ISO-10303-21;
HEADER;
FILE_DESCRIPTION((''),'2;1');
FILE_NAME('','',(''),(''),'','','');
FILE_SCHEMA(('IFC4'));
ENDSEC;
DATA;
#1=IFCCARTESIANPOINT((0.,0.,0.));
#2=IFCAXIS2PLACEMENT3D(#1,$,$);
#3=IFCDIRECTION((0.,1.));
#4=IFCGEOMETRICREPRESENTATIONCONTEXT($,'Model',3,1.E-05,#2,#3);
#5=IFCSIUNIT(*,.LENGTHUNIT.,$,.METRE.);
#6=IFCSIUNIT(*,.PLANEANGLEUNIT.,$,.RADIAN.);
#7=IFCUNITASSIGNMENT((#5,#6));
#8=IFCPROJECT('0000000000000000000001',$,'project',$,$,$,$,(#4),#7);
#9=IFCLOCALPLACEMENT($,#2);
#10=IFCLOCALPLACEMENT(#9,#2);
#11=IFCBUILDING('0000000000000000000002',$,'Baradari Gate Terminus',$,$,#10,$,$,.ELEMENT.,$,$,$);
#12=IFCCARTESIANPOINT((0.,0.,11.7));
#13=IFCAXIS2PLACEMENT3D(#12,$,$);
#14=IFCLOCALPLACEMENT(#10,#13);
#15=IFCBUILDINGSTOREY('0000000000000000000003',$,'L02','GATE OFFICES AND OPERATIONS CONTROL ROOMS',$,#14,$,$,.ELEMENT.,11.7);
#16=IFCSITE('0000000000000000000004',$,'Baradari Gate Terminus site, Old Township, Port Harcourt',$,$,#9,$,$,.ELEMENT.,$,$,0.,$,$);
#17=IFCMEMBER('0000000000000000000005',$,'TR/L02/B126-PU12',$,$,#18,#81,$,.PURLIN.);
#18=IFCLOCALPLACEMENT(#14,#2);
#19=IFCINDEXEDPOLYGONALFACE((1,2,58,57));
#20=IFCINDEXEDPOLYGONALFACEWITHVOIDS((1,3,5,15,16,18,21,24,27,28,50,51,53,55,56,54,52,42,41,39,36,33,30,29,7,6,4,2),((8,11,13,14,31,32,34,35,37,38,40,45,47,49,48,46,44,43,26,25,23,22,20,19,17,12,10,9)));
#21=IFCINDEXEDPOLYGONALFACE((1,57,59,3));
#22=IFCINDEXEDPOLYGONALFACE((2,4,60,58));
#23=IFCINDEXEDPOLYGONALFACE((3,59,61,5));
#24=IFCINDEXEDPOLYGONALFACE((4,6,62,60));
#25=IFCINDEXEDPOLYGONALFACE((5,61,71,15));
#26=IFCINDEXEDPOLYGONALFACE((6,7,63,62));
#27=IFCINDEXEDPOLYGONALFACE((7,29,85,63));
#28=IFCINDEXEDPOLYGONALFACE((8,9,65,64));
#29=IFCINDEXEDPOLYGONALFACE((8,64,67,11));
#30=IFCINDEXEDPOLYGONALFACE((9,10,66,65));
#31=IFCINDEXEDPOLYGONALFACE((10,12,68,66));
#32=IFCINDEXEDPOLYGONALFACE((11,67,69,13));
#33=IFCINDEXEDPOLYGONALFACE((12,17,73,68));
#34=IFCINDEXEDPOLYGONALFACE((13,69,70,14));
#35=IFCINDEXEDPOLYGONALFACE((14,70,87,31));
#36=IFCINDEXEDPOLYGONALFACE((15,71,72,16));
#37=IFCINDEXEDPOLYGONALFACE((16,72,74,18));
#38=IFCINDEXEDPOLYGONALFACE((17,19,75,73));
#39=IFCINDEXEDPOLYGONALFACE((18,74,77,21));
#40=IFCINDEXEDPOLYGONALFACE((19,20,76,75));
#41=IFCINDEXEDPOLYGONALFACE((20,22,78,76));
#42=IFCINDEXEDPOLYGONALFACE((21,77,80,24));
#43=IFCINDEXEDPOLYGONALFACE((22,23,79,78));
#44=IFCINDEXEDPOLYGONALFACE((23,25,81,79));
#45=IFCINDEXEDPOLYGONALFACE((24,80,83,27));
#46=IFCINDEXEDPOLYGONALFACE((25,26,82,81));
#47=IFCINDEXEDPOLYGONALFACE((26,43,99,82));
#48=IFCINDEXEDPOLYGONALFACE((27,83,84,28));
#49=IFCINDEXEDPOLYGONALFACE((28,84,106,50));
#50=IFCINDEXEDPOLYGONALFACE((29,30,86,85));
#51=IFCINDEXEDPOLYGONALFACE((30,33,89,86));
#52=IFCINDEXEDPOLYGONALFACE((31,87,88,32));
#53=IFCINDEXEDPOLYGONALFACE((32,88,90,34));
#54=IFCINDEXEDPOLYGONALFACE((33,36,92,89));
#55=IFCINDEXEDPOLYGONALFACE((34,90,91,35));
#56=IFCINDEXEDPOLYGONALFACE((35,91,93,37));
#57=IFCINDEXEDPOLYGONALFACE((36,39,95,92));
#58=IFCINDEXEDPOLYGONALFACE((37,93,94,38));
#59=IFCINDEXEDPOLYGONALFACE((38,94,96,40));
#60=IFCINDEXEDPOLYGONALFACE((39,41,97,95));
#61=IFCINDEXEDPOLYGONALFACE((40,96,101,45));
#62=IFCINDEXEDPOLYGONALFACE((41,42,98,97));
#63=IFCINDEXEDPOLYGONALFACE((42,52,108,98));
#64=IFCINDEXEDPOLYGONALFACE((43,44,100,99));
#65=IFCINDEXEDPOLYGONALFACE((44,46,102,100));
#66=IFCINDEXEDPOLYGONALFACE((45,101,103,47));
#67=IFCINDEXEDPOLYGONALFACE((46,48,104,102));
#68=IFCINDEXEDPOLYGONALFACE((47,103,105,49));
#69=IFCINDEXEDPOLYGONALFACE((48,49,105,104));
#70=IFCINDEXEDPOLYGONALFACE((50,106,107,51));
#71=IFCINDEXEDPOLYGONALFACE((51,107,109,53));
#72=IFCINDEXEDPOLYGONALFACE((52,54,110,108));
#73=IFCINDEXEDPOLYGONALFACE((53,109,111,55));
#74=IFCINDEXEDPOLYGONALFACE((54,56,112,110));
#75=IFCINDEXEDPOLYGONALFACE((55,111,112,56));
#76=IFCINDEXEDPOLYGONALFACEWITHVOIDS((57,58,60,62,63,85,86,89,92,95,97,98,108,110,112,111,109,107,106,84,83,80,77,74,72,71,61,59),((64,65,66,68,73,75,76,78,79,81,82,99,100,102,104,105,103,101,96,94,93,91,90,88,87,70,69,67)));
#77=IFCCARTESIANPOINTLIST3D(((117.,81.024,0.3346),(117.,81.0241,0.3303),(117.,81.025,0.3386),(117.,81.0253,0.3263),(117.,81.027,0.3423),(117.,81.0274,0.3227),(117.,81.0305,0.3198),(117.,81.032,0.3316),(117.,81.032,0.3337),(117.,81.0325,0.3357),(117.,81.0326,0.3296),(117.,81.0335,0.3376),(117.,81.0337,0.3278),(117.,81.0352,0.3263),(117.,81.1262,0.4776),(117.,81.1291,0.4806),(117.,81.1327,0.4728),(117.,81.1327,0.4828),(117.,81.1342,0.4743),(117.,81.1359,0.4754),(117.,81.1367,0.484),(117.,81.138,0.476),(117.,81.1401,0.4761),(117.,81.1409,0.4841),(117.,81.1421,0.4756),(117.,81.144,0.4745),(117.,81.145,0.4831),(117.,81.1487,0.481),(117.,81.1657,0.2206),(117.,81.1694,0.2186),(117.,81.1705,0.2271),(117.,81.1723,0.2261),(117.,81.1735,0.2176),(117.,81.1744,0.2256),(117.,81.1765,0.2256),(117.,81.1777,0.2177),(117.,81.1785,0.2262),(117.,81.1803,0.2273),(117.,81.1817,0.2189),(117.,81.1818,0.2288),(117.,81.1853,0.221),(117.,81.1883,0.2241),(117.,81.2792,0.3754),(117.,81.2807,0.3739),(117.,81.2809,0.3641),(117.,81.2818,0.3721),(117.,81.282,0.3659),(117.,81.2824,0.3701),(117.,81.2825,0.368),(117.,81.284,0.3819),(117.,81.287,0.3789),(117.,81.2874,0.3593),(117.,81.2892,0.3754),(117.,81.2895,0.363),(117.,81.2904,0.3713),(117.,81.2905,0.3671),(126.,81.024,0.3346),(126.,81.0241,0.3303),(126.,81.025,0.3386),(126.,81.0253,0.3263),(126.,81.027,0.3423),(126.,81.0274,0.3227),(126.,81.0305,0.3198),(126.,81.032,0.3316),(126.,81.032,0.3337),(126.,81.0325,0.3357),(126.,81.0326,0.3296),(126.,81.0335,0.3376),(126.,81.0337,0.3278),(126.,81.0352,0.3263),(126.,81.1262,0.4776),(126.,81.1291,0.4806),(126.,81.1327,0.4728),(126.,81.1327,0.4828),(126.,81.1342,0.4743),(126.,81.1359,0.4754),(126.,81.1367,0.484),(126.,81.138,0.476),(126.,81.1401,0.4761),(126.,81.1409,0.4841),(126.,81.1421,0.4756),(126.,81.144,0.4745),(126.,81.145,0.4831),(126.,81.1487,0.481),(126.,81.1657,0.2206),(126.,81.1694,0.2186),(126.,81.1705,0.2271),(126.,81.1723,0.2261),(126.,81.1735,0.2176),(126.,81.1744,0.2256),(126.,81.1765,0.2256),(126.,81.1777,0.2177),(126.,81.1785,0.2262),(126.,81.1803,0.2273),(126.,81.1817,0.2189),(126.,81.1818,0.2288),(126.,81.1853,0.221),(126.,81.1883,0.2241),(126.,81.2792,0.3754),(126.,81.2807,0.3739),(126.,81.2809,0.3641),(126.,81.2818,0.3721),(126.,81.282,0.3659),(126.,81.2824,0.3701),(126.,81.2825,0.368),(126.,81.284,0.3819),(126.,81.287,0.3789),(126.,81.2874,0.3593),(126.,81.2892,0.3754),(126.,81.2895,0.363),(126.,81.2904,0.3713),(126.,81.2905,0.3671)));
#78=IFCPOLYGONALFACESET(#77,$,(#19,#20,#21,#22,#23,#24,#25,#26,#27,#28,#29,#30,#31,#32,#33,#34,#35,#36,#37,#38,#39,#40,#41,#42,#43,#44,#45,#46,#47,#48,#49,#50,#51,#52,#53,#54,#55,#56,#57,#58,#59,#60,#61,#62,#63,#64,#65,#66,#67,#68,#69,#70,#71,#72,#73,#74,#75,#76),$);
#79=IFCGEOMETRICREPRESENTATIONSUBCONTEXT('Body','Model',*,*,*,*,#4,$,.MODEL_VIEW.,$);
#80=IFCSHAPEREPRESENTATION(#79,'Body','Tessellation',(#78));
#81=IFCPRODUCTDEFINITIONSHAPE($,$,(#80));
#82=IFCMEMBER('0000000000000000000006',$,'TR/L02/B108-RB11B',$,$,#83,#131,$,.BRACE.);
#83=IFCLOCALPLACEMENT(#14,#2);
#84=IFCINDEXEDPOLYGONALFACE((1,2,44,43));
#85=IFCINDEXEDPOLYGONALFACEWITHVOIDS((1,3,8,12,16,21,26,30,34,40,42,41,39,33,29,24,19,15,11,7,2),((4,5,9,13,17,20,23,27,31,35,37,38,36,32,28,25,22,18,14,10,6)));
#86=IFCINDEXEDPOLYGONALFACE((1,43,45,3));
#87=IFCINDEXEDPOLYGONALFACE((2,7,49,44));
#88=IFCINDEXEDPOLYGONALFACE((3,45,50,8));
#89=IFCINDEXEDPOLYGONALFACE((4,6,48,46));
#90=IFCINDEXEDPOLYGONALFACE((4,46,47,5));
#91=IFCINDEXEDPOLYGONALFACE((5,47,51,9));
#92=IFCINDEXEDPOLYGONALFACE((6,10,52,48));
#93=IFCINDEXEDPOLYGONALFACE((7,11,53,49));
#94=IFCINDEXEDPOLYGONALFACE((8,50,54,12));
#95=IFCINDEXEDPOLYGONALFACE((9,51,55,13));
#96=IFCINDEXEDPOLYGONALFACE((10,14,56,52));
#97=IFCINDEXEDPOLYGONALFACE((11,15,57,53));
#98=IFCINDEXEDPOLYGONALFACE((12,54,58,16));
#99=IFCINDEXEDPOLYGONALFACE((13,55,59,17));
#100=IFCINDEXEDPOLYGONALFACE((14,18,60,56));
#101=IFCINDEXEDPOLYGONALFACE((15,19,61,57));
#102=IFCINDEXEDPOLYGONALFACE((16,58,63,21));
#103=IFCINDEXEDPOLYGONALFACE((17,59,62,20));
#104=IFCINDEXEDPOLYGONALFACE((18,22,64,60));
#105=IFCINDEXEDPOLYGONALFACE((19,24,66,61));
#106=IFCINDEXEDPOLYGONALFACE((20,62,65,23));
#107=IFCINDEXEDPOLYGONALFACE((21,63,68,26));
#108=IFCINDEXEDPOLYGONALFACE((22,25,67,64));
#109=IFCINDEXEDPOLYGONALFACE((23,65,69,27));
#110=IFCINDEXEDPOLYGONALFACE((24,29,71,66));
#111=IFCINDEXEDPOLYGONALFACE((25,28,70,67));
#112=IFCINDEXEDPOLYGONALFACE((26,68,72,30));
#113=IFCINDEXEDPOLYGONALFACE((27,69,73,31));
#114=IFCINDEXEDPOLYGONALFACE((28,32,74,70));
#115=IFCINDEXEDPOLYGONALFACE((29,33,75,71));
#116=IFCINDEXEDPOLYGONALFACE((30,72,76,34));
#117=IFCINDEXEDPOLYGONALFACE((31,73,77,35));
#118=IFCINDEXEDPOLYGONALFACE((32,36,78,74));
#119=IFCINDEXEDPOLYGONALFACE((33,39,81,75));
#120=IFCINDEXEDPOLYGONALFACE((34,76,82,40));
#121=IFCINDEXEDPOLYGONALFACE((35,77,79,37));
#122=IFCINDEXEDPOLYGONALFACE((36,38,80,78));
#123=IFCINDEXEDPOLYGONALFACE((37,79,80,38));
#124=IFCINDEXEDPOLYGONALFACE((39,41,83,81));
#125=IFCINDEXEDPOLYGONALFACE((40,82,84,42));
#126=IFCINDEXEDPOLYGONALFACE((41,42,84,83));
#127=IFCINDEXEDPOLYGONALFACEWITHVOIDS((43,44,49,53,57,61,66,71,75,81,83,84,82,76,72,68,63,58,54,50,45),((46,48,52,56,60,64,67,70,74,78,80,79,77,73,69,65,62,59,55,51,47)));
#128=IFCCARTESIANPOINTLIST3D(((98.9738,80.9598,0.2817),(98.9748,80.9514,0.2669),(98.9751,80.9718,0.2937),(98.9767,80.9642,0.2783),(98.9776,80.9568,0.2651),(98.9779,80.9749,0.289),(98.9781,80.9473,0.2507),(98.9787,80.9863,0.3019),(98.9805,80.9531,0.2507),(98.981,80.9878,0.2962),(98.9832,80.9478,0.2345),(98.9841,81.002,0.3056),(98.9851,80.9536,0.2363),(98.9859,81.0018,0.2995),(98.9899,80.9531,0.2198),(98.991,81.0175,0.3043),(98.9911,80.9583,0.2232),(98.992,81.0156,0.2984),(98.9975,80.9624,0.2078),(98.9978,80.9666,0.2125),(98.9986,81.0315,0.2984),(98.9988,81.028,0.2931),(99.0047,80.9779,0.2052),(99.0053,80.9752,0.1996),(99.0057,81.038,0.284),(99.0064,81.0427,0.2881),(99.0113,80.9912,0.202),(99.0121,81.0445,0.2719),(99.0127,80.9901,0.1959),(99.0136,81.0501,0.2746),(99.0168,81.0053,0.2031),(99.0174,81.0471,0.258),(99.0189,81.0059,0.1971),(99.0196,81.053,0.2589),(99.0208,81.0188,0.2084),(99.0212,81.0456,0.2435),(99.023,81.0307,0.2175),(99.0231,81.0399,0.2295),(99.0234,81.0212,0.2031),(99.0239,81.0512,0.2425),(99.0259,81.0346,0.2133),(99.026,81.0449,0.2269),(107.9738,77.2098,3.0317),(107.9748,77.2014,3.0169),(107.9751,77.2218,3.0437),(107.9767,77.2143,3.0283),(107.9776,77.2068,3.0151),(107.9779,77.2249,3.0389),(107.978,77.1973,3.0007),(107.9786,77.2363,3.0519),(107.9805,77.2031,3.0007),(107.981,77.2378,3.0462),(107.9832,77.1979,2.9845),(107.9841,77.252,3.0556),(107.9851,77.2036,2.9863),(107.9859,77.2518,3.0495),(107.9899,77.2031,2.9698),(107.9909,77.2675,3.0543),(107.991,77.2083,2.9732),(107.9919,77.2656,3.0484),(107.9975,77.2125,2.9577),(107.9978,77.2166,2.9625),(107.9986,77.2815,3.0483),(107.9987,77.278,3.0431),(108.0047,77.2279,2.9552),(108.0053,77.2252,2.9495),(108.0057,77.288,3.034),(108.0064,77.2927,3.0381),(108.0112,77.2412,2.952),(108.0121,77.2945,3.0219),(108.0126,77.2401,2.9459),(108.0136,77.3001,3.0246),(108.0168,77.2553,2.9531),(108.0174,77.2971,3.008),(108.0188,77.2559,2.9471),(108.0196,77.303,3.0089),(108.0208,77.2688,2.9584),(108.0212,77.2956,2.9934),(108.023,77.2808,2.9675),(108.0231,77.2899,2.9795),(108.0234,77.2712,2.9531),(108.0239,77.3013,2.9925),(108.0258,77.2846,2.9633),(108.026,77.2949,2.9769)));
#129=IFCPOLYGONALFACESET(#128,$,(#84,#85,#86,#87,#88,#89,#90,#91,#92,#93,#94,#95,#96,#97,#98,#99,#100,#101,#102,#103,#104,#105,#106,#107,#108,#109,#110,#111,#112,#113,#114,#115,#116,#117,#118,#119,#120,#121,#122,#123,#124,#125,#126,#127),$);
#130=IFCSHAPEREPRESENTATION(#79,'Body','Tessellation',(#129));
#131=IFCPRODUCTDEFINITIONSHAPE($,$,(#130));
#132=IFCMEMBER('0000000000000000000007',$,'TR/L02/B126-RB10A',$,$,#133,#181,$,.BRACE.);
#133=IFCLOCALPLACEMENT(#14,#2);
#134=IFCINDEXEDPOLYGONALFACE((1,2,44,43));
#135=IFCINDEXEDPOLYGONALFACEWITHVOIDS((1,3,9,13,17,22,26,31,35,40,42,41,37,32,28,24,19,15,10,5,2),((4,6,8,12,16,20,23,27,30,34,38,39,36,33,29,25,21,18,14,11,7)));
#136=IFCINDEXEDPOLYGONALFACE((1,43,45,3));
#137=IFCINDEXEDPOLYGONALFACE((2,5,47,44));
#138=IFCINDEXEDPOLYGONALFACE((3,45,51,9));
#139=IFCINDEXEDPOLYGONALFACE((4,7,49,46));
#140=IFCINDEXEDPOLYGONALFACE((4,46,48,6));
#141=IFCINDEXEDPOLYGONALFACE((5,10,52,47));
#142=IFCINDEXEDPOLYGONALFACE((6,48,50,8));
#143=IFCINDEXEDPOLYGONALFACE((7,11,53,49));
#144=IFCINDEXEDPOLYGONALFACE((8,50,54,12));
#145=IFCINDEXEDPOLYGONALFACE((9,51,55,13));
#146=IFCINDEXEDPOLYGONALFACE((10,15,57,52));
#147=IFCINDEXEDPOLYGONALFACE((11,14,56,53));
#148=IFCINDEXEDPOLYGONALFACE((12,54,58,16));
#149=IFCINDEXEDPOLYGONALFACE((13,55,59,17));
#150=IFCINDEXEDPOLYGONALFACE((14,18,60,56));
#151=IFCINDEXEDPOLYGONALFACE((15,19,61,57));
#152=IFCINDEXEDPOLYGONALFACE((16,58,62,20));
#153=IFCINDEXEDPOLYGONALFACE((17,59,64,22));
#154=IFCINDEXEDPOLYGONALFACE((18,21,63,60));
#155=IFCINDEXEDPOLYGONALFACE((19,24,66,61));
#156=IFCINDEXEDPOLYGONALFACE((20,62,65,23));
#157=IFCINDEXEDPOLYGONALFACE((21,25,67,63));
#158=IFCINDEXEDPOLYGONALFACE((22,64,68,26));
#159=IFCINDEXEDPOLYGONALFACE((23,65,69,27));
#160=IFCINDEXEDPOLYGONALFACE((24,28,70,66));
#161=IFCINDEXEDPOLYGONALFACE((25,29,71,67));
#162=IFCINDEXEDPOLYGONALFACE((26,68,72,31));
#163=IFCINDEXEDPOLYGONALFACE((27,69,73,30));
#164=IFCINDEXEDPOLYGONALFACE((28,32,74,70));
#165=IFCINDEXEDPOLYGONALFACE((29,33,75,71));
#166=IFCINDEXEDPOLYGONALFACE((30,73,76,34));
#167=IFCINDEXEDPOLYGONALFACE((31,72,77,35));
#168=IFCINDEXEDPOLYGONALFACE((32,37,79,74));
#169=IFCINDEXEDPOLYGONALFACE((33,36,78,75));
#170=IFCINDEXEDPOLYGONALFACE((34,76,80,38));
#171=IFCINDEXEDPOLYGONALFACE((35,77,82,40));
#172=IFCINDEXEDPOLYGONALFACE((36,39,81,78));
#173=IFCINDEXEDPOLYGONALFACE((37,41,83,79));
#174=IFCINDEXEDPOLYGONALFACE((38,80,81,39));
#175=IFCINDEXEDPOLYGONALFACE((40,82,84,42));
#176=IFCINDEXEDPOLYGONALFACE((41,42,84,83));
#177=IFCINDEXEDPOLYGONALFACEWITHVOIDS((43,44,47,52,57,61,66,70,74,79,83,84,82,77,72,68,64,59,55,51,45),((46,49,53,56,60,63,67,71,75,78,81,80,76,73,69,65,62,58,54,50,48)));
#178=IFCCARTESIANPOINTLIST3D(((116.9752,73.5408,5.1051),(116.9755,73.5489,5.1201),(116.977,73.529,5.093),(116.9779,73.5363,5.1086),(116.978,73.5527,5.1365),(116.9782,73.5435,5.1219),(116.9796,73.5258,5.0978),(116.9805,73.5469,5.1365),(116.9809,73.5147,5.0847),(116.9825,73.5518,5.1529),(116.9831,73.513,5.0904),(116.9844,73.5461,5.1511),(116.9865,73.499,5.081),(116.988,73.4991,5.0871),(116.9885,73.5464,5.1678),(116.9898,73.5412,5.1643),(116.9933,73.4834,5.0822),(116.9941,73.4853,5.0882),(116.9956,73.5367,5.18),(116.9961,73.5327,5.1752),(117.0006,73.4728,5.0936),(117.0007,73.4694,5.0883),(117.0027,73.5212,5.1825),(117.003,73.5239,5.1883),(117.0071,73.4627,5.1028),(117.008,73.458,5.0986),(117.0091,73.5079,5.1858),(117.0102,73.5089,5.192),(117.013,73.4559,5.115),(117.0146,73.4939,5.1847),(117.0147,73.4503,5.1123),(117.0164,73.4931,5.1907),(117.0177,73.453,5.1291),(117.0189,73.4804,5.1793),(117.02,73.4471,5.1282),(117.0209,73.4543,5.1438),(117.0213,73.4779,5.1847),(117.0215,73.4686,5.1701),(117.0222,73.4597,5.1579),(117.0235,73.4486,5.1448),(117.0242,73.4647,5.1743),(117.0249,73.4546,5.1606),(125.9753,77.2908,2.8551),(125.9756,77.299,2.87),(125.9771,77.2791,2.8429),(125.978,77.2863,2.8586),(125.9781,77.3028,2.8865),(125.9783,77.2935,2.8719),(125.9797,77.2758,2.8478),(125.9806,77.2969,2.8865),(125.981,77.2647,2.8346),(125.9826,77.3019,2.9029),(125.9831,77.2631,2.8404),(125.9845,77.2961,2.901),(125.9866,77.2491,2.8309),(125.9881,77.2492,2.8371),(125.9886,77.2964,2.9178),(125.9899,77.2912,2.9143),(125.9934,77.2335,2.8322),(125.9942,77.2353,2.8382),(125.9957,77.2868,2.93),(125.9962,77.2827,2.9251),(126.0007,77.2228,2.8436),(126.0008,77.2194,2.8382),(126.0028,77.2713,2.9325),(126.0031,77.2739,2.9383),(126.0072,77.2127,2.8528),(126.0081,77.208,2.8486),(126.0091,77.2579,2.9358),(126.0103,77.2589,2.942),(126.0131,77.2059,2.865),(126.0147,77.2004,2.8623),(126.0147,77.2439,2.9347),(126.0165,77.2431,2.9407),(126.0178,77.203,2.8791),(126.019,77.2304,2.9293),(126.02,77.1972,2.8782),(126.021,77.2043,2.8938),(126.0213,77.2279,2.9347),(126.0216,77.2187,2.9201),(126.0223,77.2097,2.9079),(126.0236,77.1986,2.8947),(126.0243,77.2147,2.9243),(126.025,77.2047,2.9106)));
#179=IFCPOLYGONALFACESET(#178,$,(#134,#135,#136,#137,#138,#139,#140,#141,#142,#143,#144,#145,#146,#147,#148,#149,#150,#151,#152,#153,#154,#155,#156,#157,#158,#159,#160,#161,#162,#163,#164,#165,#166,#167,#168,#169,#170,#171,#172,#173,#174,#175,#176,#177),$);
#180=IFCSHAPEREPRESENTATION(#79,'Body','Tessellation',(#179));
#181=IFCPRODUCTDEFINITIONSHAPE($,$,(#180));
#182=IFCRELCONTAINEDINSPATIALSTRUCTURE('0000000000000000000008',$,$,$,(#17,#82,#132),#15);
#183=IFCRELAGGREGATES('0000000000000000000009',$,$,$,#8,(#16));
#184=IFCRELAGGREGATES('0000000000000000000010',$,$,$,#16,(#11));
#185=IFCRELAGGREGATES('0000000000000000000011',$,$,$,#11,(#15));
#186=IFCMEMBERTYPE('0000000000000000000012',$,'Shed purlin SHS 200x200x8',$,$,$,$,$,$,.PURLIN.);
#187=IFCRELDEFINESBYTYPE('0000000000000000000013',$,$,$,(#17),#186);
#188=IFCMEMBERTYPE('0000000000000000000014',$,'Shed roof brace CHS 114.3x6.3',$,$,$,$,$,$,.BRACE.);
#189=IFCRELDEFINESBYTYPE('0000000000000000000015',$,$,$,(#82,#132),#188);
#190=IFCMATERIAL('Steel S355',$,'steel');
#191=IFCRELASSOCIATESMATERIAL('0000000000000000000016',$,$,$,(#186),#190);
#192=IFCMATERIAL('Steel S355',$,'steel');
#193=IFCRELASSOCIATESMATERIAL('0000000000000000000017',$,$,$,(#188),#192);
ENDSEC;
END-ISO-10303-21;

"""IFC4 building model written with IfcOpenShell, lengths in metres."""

from ifc_helpers import new_model, si_unit, direction, frame, origin, origin_2d, place, context, subcontext, project, spatial, hollow_rectangle, hollow_circle, extrude, material, material_profile, profile_set, type_object, element, save


model = new_model("IFC4")

# Units and contexts
model_context = context("Model", 3, precision=1e-05, world=origin(), true_north=direction((0.0, 1.0)))
body_context = subcontext(model_context, "Body", "Model", "MODEL_VIEW")
ifc_project = project(units=[si_unit("LENGTHUNIT", "METRE"), si_unit("PLANEANGLEUNIT", "RADIAN")], contexts=[model_context])

# Site, building, storey
site_placement = place(None, origin())
site = spatial("IfcSite", under=ifc_project, at=site_placement, Name="Baradari Gate Terminus site, Old Township, Port Harcourt", CompositionType="ELEMENT", RefElevation=0.0)
building_placement = place(site_placement, origin())
building = spatial("IfcBuilding", under=site, at=building_placement, Name="Baradari Gate Terminus", CompositionType="ELEMENT")
storey_placement = place(building_placement, frame((0.0, 0.0, 11.7)))
storey = spatial("IfcBuildingStorey", under=building, at=storey_placement, Name="L02", Description="GATE OFFICES AND OPERATIONS CONTROL ROOMS", CompositionType="ELEMENT", Elevation=11.7)

# Members
ifc_material_1 = material(Name="Steel S355", Category="steel")
ifc_material_profile_1 = material_profile(ifc_material_1, hollow_rectangle(XDim=0.2, YDim=0.2, WallThickness=0.0081, InnerFilletRadius=0.0081, OuterFilletRadius=0.0161, at=origin_2d()), Name="SHS 200x200x8")
ifc_profile_set_1 = profile_set([ifc_material_profile_1], Name="Steel S355")
member_type_1 = type_object("IfcMemberType", Name="Shed purlin SHS 200x200x8", PredefinedType="PURLIN", material=ifc_profile_set_1)
for number, where, z_axis, x_axis, name in (
    (1, (117.0, 81.1572, 0.3508), (1.0, 0.0, 0.0), (0.0, 0.806405, -0.591364), "TR/L02/B126-PU12"),
):
    element("IfcMember", number, at=place(storey_placement, frame(where, z_axis=z_axis, x_axis=x_axis)), inside=storey, type_object=member_type_1, Name=name, PredefinedType="PURLIN", context=body_context, shape_type="SweptSolid", body=[
        extrude(hollow_rectangle(XDim=0.2, YDim=0.2, WallThickness=0.0081, InnerFilletRadius=0.0081, OuterFilletRadius=0.0161, at=origin_2d()), origin(), (0.0, 0.0, 1.0), 9.0),
    ])
ifc_material_2 = material(Name="Steel S355", Category="steel")
ifc_material_profile_2 = material_profile(ifc_material_2, hollow_circle(Radius=0.0571, WallThickness=0.0063, at=origin_2d()), Name="CHS 114.3x6.3")
ifc_profile_set_2 = profile_set([ifc_material_profile_2], Name="Steel S355")
member_type_2 = type_object("IfcMemberType", Name="Shed roof brace CHS 114.3x6.3", PredefinedType="BRACE", material=ifc_profile_set_2)
member_1_placement = place(storey_placement, frame((108.0, 77.25, 3.0007), z_axis=(-0.888415, 0.370173, -0.27146), x_axis=(-0.384615, -0.923077, 0.0)))
element("IfcMember", 2, at=member_1_placement, inside=storey, type_object=member_type_2, Name="TR/L02/B108-RB11B", PredefinedType="BRACE", context=body_context, shape_type="SweptSolid", body=[
    extrude(hollow_circle(Radius=0.0571, WallThickness=0.0063, at=origin_2d()), origin(), (0.0, 0.0, 1.0), 10.1304),
])
member_2_placement = place(storey_placement, frame((117.0, 73.5, 5.1365), z_axis=(0.899438, 0.374766, -0.22486), x_axis=(-0.384615, 0.923077, 0.0)))
element("IfcMember", 3, at=member_2_placement, inside=storey, type_object=member_type_2, Name="TR/L02/B126-RB10A", PredefinedType="BRACE", context=body_context, shape_type="SweptSolid", body=[
    extrude(hollow_circle(Radius=0.0571, WallThickness=0.0063, at=origin_2d()), origin(), (0.0, 0.0, 1.0), 10.0063),
])

save(model, "model.ifc")
